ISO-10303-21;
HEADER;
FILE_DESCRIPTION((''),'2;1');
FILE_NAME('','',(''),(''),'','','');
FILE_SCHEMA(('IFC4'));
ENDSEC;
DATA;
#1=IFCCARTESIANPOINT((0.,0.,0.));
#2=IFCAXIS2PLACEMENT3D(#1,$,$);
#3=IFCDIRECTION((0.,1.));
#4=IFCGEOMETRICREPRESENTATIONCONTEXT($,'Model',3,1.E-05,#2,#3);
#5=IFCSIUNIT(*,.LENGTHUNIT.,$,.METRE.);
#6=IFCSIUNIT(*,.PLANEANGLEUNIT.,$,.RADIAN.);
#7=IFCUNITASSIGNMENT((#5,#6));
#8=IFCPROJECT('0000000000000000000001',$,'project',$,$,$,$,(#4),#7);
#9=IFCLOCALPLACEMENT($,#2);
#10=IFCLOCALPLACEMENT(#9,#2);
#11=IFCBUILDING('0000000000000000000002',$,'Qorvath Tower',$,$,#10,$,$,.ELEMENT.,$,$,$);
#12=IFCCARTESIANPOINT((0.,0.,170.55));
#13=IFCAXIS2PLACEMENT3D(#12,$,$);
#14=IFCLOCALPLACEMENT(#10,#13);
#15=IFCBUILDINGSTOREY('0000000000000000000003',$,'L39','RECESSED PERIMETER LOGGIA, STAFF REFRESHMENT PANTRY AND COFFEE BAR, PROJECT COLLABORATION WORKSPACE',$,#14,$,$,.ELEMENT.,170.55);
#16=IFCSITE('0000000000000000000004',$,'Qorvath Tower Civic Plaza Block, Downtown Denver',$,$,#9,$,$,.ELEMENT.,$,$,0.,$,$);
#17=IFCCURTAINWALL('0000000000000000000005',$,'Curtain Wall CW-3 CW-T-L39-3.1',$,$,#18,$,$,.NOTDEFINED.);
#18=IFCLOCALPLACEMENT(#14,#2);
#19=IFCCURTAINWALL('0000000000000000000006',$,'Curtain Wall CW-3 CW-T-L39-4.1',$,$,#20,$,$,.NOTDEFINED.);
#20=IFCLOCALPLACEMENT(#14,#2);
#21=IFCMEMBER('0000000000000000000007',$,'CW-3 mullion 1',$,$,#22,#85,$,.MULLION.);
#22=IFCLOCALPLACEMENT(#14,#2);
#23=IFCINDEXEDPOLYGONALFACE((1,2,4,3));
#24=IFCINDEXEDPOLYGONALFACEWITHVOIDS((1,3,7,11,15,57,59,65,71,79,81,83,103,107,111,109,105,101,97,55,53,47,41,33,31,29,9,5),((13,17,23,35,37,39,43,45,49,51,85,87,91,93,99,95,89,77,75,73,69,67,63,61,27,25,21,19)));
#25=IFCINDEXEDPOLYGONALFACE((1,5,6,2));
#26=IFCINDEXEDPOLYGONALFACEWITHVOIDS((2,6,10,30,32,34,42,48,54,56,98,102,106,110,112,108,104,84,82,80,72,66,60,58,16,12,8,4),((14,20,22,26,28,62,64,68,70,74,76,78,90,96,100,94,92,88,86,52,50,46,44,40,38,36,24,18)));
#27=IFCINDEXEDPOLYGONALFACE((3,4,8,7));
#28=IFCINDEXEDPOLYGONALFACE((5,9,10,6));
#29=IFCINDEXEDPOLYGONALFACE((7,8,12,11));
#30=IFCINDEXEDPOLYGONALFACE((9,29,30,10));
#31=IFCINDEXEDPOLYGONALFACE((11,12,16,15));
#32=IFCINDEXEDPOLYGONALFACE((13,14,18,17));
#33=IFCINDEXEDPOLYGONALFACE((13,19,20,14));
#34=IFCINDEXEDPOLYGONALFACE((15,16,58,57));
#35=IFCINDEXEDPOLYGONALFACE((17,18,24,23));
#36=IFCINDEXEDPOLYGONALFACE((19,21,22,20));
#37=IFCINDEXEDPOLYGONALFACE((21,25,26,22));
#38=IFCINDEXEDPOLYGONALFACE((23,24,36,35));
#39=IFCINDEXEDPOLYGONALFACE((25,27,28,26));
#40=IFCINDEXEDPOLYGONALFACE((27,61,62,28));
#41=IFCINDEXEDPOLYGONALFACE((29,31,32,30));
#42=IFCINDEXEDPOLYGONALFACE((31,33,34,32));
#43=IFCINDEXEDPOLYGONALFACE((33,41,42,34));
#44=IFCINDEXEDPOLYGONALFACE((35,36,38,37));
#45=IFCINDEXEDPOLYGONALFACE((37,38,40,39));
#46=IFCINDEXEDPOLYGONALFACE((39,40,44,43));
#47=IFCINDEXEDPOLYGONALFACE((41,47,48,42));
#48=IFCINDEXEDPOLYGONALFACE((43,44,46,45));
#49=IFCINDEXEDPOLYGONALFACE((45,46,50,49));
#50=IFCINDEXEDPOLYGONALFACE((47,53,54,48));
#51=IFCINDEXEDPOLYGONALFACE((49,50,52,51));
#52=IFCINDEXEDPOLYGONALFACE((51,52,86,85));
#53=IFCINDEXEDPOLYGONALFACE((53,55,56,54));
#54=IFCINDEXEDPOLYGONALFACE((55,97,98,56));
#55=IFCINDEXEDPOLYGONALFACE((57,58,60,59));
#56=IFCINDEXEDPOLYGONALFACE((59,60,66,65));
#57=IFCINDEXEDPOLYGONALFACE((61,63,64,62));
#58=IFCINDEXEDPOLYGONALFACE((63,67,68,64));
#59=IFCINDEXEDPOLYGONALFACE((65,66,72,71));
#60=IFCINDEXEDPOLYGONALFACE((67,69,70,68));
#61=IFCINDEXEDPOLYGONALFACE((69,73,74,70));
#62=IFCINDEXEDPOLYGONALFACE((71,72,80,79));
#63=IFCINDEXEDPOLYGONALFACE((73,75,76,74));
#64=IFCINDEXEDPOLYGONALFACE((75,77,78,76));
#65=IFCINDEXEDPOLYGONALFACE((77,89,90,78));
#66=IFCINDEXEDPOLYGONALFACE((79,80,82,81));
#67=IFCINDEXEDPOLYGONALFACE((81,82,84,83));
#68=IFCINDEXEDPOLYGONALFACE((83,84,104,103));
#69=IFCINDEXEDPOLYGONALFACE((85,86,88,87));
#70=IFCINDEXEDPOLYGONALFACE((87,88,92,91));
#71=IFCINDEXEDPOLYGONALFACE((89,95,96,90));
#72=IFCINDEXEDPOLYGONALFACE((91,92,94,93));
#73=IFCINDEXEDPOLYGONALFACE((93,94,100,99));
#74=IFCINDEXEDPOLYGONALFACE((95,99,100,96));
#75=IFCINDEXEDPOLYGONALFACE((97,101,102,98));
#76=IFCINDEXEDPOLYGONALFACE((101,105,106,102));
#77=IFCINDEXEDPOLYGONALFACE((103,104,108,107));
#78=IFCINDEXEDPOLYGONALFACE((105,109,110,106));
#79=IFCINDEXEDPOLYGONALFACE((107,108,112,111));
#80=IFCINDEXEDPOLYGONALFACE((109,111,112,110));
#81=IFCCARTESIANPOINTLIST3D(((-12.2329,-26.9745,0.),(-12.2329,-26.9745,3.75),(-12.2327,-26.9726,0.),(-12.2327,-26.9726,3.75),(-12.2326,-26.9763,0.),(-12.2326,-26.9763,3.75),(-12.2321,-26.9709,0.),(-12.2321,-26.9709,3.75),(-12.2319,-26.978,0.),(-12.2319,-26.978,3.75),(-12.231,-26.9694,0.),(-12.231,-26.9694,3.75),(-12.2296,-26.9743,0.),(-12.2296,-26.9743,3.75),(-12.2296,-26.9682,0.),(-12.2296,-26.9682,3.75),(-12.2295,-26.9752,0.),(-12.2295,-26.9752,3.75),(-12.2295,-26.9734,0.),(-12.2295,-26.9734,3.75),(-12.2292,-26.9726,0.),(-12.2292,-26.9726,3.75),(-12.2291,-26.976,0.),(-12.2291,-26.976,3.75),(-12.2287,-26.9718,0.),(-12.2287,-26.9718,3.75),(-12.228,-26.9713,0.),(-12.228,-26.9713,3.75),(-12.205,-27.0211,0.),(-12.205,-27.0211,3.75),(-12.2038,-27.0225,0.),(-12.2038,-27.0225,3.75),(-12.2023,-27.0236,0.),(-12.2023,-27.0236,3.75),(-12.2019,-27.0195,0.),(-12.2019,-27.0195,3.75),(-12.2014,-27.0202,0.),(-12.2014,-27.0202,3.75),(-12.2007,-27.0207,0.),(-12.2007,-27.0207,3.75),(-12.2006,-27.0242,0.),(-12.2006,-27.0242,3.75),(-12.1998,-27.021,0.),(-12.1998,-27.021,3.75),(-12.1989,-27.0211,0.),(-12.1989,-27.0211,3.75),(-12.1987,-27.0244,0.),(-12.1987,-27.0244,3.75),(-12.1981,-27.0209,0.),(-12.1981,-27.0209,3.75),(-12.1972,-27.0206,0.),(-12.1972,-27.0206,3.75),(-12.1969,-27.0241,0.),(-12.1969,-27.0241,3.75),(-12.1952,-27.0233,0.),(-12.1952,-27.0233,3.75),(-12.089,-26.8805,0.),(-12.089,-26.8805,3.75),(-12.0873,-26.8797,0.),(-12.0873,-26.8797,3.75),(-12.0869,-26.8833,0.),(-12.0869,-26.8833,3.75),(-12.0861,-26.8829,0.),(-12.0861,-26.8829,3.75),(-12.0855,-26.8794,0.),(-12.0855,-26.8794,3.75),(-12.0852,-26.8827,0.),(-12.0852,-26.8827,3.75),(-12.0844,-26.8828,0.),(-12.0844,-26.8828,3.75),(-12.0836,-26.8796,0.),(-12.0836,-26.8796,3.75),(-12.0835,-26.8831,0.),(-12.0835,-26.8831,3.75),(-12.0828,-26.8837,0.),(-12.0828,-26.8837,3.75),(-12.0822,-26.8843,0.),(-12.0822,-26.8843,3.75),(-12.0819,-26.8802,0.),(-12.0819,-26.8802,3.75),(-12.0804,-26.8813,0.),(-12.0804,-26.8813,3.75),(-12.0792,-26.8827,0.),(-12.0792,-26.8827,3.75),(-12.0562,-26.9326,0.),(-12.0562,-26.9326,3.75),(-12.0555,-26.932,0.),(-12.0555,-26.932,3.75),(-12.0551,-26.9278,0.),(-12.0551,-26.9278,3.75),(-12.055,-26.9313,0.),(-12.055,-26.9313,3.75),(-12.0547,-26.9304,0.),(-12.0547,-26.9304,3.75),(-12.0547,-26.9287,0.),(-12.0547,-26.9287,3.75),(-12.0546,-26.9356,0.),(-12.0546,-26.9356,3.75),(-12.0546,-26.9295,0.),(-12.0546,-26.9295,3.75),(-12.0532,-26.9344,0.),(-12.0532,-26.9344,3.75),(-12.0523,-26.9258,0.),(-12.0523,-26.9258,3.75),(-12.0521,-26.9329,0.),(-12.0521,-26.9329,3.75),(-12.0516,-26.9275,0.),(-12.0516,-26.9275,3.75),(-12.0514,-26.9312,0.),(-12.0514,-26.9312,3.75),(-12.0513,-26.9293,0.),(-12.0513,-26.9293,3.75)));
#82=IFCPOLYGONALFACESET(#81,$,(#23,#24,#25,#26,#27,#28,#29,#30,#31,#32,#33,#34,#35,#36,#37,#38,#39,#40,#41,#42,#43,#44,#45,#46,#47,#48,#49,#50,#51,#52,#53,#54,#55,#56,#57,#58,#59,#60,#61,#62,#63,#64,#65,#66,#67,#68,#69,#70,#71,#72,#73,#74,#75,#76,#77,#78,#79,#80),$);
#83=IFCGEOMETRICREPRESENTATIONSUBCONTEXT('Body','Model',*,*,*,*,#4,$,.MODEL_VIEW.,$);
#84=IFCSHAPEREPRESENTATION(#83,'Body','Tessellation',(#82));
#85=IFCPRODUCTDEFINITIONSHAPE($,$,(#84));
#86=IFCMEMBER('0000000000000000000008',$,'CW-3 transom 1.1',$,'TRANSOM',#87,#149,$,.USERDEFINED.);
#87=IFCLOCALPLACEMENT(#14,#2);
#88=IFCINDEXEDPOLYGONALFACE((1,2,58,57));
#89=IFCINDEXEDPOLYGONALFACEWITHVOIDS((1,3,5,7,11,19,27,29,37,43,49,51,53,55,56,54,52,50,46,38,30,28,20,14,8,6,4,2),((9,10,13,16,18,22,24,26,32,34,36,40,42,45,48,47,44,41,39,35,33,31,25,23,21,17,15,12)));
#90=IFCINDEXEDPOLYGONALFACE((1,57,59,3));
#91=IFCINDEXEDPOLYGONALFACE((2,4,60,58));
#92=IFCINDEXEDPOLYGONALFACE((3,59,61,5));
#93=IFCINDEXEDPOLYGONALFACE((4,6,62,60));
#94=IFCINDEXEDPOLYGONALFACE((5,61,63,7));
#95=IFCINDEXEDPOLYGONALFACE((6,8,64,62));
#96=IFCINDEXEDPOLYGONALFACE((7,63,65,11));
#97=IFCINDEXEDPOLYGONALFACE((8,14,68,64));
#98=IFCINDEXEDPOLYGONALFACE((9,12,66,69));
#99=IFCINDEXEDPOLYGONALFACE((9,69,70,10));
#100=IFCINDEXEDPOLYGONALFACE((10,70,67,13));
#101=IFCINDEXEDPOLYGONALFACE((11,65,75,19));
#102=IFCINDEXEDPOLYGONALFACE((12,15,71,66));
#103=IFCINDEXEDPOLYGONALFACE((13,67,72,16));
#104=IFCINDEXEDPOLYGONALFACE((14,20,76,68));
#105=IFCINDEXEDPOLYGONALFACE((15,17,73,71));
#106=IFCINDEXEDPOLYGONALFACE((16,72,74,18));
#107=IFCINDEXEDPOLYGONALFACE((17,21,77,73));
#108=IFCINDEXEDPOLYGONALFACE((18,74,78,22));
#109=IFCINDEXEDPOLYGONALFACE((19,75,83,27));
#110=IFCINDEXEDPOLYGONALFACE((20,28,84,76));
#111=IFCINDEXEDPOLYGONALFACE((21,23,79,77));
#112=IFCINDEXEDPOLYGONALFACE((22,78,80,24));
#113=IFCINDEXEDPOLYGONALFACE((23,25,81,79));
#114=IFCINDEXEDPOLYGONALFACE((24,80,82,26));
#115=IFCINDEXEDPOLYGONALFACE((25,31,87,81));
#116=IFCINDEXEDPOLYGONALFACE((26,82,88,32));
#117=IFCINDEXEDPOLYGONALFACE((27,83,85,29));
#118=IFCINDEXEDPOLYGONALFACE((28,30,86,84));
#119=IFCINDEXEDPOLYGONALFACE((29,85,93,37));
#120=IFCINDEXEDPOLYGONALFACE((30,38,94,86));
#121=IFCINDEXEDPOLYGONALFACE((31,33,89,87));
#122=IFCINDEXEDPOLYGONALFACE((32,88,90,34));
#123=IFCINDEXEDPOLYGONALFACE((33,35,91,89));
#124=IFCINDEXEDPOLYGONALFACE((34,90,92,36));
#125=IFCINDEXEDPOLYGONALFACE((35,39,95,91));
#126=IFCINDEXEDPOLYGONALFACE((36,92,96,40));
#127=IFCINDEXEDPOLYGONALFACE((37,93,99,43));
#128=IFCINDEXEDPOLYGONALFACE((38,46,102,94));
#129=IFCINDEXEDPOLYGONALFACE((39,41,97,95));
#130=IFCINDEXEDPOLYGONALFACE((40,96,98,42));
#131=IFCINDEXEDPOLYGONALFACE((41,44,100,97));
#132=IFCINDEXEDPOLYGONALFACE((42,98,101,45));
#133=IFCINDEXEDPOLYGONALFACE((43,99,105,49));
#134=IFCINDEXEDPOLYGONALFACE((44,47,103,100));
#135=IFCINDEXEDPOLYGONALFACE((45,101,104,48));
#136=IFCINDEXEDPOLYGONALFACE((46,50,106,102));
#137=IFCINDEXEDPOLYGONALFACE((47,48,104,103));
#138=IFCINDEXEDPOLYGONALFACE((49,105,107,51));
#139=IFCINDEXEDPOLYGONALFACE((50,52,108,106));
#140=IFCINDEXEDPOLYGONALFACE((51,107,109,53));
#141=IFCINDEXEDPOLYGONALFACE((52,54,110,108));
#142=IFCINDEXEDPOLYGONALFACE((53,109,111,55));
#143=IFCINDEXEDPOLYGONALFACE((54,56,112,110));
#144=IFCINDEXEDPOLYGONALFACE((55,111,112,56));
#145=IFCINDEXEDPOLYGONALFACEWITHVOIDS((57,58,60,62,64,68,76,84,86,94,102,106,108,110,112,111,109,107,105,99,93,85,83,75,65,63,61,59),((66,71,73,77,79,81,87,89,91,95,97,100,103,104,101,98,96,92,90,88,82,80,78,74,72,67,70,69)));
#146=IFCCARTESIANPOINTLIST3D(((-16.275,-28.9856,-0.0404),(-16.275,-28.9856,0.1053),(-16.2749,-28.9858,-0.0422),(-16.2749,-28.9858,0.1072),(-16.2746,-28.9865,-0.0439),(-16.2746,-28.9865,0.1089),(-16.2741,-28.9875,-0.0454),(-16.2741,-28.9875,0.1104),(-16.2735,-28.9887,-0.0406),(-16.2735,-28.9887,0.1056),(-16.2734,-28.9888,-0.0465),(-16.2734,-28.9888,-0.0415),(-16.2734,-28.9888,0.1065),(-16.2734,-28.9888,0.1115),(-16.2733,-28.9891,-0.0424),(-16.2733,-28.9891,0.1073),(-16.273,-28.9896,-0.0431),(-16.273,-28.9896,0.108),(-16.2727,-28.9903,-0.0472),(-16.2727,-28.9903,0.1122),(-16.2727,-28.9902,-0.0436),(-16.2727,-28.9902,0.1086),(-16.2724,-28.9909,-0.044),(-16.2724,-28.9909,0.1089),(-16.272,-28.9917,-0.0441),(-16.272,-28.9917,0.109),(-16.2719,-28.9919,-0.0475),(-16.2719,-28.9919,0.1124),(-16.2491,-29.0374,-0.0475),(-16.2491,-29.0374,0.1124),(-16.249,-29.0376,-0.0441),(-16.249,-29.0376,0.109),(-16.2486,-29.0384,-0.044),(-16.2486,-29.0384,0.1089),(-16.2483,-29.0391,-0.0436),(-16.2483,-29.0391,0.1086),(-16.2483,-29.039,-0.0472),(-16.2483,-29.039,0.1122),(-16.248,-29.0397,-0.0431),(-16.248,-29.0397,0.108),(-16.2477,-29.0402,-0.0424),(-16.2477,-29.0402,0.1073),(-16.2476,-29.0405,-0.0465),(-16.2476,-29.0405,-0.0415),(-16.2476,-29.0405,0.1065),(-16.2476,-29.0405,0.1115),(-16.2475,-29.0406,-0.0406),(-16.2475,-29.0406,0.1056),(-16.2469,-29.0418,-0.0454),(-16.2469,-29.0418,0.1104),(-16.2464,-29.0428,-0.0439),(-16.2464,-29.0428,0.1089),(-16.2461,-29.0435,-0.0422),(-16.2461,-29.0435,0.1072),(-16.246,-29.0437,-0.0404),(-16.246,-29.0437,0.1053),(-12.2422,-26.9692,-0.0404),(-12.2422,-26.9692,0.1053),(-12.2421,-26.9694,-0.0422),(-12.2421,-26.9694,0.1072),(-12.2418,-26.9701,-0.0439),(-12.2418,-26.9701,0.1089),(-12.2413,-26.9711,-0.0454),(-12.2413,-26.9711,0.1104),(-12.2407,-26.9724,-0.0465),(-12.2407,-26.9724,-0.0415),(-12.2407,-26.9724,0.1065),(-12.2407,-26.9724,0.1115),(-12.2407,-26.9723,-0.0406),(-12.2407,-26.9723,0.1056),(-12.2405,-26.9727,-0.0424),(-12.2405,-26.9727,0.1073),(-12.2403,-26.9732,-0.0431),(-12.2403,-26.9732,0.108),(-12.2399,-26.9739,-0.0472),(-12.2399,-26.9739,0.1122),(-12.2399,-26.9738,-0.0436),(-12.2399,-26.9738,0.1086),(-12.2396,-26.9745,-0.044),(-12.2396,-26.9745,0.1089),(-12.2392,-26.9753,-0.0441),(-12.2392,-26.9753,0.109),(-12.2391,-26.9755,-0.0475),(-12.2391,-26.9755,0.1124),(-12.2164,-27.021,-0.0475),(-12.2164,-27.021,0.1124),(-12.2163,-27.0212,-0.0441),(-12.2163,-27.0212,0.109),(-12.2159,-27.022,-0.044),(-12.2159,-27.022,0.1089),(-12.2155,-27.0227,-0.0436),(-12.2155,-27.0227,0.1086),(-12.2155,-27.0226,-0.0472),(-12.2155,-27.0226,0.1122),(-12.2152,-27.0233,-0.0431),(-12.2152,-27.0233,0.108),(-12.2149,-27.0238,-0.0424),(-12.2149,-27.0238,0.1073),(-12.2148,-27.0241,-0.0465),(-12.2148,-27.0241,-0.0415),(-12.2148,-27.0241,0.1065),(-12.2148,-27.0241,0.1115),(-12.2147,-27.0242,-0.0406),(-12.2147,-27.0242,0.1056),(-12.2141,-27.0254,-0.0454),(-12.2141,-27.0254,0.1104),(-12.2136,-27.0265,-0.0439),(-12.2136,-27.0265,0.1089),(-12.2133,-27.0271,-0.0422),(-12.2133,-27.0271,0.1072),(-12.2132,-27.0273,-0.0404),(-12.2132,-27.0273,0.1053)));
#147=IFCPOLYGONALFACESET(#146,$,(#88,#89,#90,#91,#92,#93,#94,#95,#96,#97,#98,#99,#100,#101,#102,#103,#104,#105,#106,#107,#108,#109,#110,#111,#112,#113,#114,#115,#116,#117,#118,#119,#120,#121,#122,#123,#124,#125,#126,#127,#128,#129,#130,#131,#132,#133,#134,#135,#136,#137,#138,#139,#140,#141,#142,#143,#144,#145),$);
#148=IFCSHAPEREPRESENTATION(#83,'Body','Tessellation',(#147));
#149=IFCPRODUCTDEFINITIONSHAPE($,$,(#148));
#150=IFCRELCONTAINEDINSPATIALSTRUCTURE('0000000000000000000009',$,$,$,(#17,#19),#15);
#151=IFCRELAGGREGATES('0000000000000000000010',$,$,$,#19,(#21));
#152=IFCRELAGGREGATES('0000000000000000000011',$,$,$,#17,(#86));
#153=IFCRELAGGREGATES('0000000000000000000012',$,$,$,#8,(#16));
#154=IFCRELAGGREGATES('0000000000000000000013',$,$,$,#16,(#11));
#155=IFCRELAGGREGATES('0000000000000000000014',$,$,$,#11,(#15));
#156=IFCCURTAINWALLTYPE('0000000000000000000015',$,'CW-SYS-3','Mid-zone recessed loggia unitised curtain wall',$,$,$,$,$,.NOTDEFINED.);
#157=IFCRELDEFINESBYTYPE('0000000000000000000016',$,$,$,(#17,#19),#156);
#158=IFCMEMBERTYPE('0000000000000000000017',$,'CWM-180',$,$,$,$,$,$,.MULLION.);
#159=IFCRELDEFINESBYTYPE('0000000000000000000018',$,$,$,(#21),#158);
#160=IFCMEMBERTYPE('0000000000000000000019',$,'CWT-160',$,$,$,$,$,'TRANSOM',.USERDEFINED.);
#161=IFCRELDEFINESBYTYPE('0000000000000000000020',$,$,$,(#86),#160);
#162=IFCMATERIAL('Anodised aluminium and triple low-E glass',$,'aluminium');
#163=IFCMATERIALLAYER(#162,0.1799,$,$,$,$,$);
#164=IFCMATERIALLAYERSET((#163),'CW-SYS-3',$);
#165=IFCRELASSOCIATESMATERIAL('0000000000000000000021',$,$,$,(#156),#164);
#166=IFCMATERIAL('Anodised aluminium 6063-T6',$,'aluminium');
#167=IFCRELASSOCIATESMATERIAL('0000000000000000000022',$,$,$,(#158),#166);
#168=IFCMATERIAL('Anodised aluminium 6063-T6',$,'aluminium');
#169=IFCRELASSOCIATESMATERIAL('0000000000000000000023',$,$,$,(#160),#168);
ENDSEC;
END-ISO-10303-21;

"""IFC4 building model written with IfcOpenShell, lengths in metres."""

from ifc_helpers import new_model, si_unit, direction, frame, origin, origin_2d, place, context, subcontext, project, spatial, hollow_rectangle, extrude, material, layer, layer_set, material_profile, profile_set, type_object, element, aggregate, save


model = new_model("IFC4")

# Units and contexts
model_context = context("Model", 3, precision=1e-05, world=origin(), true_north=direction((0.0, 1.0)))
body_context = subcontext(model_context, "Body", "Model", "MODEL_VIEW")
ifc_project = project(units=[si_unit("LENGTHUNIT", "METRE"), si_unit("PLANEANGLEUNIT", "RADIAN")], contexts=[model_context])

# Site, building, storey
site_placement = place(None, origin())
site = spatial("IfcSite", under=ifc_project, at=site_placement, Name="Qorvath Tower Civic Plaza Block, Downtown Denver", CompositionType="ELEMENT", RefElevation=0.0)
building_placement = place(site_placement, origin())
building = spatial("IfcBuilding", under=site, at=building_placement, Name="Qorvath Tower", CompositionType="ELEMENT")
storey_placement = place(building_placement, frame((0.0, 0.0, 170.55)))
storey = spatial("IfcBuildingStorey", under=building, at=storey_placement, Name="L39", Description="RECESSED PERIMETER LOGGIA, STAFF REFRESHMENT PANTRY AND COFFEE BAR, PROJECT COLLABORATION WORKSPACE", CompositionType="ELEMENT", Elevation=170.55)

# Shared definitions
ifc_material_1 = material(Name="Anodised aluminium and triple low-E glass", Category="aluminium")
ifc_layer_1 = layer(ifc_material_1, 0.1799)
ifc_layer_set_1 = layer_set([ifc_layer_1], Name="CW-SYS-3")
curtain_wall_type = type_object("IfcCurtainWallType", Name="CW-SYS-3", Description="Mid-zone recessed loggia unitised curtain wall", PredefinedType="NOTDEFINED", material=ifc_layer_set_1)
ifc_material_2 = material(Name="Anodised aluminium 6063-T6", Category="aluminium")
ifc_material_profile_1 = material_profile(ifc_material_2, hollow_rectangle(XDim=0.0649, YDim=0.1799, WallThickness=0.0034, InnerFilletRadius=0.0034, OuterFilletRadius=0.0071, at=origin_2d()), Name="CWM 180x65")
ifc_profile_set_1 = profile_set([ifc_material_profile_1], Name="Anodised aluminium 6063-T6")
member_type_1 = type_object("IfcMemberType", Name="CWM-180", PredefinedType="MULLION", material=ifc_profile_set_1)

# Curtain wall
curtain_wall_1_placement = place(storey_placement, origin())
curtain_wall_1 = element("IfcCurtainWall", 1, at=curtain_wall_1_placement, inside=storey, type_object=curtain_wall_type, Name="Curtain Wall CW-3 CW-T-L39-3.1", PredefinedType="NOTDEFINED")

# Curtain wall, member
curtain_wall_2_placement = place(storey_placement, origin())
curtain_wall_2 = element("IfcCurtainWall", 2, at=curtain_wall_2_placement, inside=storey, type_object=curtain_wall_type, Name="Curtain Wall CW-3 CW-T-L39-4.1", PredefinedType="NOTDEFINED")
member_1_placement = place(storey_placement, frame((-12.1421, -26.9519, 0.0), z_axis=(0.0, 0.0, 1.0), x_axis=(-0.529328, 0.848417, 0.0)))
member_1 = element("IfcMember", 3, at=member_1_placement, type_object=member_type_1, Name="CW-3 mullion 1", PredefinedType="MULLION", context=body_context, shape_type="SweptSolid", body=[
    extrude(hollow_rectangle(XDim=0.0649, YDim=0.1799, WallThickness=0.0034, InnerFilletRadius=0.0034, OuterFilletRadius=0.0071, at=origin_2d()), origin(), (0.0, 0.0, 1.0), 3.75),
])

# Member
ifc_material_3 = material(Name="Anodised aluminium 6063-T6", Category="aluminium")
ifc_material_profile_2 = material_profile(ifc_material_3, hollow_rectangle(XDim=0.0649, YDim=0.1599, WallThickness=0.0034, InnerFilletRadius=0.0034, OuterFilletRadius=0.0071, at=origin_2d()), Name="CWT 160x65")
ifc_profile_set_2 = profile_set([ifc_material_profile_2], Name="Anodised aluminium 6063-T6")
member_type_2 = type_object("IfcMemberType", Name="CWT-160", ElementType="TRANSOM", PredefinedType="USERDEFINED", material=ifc_profile_set_2)
member_2_placement = place(storey_placement, frame((-16.2605, -29.0146, 0.0325), z_axis=(0.894427, 0.447214, 0.0), x_axis=(-0.447214, 0.894427, 0.0)))
member_2 = element("IfcMember", 4, at=member_2_placement, type_object=member_type_2, Name="CW-3 transom 1.1", ObjectType="TRANSOM", PredefinedType="USERDEFINED", context=body_context, shape_type="SweptSolid", body=[
    extrude(hollow_rectangle(XDim=0.0649, YDim=0.1599, WallThickness=0.0034, InnerFilletRadius=0.0034, OuterFilletRadius=0.0071, at=origin_2d()), origin(), (0.0, 0.0, 1.0), 4.5088),
])
aggregate(curtain_wall_2, [member_1])

aggregate(curtain_wall_1, [member_2])

save(model, "model.ifc")
